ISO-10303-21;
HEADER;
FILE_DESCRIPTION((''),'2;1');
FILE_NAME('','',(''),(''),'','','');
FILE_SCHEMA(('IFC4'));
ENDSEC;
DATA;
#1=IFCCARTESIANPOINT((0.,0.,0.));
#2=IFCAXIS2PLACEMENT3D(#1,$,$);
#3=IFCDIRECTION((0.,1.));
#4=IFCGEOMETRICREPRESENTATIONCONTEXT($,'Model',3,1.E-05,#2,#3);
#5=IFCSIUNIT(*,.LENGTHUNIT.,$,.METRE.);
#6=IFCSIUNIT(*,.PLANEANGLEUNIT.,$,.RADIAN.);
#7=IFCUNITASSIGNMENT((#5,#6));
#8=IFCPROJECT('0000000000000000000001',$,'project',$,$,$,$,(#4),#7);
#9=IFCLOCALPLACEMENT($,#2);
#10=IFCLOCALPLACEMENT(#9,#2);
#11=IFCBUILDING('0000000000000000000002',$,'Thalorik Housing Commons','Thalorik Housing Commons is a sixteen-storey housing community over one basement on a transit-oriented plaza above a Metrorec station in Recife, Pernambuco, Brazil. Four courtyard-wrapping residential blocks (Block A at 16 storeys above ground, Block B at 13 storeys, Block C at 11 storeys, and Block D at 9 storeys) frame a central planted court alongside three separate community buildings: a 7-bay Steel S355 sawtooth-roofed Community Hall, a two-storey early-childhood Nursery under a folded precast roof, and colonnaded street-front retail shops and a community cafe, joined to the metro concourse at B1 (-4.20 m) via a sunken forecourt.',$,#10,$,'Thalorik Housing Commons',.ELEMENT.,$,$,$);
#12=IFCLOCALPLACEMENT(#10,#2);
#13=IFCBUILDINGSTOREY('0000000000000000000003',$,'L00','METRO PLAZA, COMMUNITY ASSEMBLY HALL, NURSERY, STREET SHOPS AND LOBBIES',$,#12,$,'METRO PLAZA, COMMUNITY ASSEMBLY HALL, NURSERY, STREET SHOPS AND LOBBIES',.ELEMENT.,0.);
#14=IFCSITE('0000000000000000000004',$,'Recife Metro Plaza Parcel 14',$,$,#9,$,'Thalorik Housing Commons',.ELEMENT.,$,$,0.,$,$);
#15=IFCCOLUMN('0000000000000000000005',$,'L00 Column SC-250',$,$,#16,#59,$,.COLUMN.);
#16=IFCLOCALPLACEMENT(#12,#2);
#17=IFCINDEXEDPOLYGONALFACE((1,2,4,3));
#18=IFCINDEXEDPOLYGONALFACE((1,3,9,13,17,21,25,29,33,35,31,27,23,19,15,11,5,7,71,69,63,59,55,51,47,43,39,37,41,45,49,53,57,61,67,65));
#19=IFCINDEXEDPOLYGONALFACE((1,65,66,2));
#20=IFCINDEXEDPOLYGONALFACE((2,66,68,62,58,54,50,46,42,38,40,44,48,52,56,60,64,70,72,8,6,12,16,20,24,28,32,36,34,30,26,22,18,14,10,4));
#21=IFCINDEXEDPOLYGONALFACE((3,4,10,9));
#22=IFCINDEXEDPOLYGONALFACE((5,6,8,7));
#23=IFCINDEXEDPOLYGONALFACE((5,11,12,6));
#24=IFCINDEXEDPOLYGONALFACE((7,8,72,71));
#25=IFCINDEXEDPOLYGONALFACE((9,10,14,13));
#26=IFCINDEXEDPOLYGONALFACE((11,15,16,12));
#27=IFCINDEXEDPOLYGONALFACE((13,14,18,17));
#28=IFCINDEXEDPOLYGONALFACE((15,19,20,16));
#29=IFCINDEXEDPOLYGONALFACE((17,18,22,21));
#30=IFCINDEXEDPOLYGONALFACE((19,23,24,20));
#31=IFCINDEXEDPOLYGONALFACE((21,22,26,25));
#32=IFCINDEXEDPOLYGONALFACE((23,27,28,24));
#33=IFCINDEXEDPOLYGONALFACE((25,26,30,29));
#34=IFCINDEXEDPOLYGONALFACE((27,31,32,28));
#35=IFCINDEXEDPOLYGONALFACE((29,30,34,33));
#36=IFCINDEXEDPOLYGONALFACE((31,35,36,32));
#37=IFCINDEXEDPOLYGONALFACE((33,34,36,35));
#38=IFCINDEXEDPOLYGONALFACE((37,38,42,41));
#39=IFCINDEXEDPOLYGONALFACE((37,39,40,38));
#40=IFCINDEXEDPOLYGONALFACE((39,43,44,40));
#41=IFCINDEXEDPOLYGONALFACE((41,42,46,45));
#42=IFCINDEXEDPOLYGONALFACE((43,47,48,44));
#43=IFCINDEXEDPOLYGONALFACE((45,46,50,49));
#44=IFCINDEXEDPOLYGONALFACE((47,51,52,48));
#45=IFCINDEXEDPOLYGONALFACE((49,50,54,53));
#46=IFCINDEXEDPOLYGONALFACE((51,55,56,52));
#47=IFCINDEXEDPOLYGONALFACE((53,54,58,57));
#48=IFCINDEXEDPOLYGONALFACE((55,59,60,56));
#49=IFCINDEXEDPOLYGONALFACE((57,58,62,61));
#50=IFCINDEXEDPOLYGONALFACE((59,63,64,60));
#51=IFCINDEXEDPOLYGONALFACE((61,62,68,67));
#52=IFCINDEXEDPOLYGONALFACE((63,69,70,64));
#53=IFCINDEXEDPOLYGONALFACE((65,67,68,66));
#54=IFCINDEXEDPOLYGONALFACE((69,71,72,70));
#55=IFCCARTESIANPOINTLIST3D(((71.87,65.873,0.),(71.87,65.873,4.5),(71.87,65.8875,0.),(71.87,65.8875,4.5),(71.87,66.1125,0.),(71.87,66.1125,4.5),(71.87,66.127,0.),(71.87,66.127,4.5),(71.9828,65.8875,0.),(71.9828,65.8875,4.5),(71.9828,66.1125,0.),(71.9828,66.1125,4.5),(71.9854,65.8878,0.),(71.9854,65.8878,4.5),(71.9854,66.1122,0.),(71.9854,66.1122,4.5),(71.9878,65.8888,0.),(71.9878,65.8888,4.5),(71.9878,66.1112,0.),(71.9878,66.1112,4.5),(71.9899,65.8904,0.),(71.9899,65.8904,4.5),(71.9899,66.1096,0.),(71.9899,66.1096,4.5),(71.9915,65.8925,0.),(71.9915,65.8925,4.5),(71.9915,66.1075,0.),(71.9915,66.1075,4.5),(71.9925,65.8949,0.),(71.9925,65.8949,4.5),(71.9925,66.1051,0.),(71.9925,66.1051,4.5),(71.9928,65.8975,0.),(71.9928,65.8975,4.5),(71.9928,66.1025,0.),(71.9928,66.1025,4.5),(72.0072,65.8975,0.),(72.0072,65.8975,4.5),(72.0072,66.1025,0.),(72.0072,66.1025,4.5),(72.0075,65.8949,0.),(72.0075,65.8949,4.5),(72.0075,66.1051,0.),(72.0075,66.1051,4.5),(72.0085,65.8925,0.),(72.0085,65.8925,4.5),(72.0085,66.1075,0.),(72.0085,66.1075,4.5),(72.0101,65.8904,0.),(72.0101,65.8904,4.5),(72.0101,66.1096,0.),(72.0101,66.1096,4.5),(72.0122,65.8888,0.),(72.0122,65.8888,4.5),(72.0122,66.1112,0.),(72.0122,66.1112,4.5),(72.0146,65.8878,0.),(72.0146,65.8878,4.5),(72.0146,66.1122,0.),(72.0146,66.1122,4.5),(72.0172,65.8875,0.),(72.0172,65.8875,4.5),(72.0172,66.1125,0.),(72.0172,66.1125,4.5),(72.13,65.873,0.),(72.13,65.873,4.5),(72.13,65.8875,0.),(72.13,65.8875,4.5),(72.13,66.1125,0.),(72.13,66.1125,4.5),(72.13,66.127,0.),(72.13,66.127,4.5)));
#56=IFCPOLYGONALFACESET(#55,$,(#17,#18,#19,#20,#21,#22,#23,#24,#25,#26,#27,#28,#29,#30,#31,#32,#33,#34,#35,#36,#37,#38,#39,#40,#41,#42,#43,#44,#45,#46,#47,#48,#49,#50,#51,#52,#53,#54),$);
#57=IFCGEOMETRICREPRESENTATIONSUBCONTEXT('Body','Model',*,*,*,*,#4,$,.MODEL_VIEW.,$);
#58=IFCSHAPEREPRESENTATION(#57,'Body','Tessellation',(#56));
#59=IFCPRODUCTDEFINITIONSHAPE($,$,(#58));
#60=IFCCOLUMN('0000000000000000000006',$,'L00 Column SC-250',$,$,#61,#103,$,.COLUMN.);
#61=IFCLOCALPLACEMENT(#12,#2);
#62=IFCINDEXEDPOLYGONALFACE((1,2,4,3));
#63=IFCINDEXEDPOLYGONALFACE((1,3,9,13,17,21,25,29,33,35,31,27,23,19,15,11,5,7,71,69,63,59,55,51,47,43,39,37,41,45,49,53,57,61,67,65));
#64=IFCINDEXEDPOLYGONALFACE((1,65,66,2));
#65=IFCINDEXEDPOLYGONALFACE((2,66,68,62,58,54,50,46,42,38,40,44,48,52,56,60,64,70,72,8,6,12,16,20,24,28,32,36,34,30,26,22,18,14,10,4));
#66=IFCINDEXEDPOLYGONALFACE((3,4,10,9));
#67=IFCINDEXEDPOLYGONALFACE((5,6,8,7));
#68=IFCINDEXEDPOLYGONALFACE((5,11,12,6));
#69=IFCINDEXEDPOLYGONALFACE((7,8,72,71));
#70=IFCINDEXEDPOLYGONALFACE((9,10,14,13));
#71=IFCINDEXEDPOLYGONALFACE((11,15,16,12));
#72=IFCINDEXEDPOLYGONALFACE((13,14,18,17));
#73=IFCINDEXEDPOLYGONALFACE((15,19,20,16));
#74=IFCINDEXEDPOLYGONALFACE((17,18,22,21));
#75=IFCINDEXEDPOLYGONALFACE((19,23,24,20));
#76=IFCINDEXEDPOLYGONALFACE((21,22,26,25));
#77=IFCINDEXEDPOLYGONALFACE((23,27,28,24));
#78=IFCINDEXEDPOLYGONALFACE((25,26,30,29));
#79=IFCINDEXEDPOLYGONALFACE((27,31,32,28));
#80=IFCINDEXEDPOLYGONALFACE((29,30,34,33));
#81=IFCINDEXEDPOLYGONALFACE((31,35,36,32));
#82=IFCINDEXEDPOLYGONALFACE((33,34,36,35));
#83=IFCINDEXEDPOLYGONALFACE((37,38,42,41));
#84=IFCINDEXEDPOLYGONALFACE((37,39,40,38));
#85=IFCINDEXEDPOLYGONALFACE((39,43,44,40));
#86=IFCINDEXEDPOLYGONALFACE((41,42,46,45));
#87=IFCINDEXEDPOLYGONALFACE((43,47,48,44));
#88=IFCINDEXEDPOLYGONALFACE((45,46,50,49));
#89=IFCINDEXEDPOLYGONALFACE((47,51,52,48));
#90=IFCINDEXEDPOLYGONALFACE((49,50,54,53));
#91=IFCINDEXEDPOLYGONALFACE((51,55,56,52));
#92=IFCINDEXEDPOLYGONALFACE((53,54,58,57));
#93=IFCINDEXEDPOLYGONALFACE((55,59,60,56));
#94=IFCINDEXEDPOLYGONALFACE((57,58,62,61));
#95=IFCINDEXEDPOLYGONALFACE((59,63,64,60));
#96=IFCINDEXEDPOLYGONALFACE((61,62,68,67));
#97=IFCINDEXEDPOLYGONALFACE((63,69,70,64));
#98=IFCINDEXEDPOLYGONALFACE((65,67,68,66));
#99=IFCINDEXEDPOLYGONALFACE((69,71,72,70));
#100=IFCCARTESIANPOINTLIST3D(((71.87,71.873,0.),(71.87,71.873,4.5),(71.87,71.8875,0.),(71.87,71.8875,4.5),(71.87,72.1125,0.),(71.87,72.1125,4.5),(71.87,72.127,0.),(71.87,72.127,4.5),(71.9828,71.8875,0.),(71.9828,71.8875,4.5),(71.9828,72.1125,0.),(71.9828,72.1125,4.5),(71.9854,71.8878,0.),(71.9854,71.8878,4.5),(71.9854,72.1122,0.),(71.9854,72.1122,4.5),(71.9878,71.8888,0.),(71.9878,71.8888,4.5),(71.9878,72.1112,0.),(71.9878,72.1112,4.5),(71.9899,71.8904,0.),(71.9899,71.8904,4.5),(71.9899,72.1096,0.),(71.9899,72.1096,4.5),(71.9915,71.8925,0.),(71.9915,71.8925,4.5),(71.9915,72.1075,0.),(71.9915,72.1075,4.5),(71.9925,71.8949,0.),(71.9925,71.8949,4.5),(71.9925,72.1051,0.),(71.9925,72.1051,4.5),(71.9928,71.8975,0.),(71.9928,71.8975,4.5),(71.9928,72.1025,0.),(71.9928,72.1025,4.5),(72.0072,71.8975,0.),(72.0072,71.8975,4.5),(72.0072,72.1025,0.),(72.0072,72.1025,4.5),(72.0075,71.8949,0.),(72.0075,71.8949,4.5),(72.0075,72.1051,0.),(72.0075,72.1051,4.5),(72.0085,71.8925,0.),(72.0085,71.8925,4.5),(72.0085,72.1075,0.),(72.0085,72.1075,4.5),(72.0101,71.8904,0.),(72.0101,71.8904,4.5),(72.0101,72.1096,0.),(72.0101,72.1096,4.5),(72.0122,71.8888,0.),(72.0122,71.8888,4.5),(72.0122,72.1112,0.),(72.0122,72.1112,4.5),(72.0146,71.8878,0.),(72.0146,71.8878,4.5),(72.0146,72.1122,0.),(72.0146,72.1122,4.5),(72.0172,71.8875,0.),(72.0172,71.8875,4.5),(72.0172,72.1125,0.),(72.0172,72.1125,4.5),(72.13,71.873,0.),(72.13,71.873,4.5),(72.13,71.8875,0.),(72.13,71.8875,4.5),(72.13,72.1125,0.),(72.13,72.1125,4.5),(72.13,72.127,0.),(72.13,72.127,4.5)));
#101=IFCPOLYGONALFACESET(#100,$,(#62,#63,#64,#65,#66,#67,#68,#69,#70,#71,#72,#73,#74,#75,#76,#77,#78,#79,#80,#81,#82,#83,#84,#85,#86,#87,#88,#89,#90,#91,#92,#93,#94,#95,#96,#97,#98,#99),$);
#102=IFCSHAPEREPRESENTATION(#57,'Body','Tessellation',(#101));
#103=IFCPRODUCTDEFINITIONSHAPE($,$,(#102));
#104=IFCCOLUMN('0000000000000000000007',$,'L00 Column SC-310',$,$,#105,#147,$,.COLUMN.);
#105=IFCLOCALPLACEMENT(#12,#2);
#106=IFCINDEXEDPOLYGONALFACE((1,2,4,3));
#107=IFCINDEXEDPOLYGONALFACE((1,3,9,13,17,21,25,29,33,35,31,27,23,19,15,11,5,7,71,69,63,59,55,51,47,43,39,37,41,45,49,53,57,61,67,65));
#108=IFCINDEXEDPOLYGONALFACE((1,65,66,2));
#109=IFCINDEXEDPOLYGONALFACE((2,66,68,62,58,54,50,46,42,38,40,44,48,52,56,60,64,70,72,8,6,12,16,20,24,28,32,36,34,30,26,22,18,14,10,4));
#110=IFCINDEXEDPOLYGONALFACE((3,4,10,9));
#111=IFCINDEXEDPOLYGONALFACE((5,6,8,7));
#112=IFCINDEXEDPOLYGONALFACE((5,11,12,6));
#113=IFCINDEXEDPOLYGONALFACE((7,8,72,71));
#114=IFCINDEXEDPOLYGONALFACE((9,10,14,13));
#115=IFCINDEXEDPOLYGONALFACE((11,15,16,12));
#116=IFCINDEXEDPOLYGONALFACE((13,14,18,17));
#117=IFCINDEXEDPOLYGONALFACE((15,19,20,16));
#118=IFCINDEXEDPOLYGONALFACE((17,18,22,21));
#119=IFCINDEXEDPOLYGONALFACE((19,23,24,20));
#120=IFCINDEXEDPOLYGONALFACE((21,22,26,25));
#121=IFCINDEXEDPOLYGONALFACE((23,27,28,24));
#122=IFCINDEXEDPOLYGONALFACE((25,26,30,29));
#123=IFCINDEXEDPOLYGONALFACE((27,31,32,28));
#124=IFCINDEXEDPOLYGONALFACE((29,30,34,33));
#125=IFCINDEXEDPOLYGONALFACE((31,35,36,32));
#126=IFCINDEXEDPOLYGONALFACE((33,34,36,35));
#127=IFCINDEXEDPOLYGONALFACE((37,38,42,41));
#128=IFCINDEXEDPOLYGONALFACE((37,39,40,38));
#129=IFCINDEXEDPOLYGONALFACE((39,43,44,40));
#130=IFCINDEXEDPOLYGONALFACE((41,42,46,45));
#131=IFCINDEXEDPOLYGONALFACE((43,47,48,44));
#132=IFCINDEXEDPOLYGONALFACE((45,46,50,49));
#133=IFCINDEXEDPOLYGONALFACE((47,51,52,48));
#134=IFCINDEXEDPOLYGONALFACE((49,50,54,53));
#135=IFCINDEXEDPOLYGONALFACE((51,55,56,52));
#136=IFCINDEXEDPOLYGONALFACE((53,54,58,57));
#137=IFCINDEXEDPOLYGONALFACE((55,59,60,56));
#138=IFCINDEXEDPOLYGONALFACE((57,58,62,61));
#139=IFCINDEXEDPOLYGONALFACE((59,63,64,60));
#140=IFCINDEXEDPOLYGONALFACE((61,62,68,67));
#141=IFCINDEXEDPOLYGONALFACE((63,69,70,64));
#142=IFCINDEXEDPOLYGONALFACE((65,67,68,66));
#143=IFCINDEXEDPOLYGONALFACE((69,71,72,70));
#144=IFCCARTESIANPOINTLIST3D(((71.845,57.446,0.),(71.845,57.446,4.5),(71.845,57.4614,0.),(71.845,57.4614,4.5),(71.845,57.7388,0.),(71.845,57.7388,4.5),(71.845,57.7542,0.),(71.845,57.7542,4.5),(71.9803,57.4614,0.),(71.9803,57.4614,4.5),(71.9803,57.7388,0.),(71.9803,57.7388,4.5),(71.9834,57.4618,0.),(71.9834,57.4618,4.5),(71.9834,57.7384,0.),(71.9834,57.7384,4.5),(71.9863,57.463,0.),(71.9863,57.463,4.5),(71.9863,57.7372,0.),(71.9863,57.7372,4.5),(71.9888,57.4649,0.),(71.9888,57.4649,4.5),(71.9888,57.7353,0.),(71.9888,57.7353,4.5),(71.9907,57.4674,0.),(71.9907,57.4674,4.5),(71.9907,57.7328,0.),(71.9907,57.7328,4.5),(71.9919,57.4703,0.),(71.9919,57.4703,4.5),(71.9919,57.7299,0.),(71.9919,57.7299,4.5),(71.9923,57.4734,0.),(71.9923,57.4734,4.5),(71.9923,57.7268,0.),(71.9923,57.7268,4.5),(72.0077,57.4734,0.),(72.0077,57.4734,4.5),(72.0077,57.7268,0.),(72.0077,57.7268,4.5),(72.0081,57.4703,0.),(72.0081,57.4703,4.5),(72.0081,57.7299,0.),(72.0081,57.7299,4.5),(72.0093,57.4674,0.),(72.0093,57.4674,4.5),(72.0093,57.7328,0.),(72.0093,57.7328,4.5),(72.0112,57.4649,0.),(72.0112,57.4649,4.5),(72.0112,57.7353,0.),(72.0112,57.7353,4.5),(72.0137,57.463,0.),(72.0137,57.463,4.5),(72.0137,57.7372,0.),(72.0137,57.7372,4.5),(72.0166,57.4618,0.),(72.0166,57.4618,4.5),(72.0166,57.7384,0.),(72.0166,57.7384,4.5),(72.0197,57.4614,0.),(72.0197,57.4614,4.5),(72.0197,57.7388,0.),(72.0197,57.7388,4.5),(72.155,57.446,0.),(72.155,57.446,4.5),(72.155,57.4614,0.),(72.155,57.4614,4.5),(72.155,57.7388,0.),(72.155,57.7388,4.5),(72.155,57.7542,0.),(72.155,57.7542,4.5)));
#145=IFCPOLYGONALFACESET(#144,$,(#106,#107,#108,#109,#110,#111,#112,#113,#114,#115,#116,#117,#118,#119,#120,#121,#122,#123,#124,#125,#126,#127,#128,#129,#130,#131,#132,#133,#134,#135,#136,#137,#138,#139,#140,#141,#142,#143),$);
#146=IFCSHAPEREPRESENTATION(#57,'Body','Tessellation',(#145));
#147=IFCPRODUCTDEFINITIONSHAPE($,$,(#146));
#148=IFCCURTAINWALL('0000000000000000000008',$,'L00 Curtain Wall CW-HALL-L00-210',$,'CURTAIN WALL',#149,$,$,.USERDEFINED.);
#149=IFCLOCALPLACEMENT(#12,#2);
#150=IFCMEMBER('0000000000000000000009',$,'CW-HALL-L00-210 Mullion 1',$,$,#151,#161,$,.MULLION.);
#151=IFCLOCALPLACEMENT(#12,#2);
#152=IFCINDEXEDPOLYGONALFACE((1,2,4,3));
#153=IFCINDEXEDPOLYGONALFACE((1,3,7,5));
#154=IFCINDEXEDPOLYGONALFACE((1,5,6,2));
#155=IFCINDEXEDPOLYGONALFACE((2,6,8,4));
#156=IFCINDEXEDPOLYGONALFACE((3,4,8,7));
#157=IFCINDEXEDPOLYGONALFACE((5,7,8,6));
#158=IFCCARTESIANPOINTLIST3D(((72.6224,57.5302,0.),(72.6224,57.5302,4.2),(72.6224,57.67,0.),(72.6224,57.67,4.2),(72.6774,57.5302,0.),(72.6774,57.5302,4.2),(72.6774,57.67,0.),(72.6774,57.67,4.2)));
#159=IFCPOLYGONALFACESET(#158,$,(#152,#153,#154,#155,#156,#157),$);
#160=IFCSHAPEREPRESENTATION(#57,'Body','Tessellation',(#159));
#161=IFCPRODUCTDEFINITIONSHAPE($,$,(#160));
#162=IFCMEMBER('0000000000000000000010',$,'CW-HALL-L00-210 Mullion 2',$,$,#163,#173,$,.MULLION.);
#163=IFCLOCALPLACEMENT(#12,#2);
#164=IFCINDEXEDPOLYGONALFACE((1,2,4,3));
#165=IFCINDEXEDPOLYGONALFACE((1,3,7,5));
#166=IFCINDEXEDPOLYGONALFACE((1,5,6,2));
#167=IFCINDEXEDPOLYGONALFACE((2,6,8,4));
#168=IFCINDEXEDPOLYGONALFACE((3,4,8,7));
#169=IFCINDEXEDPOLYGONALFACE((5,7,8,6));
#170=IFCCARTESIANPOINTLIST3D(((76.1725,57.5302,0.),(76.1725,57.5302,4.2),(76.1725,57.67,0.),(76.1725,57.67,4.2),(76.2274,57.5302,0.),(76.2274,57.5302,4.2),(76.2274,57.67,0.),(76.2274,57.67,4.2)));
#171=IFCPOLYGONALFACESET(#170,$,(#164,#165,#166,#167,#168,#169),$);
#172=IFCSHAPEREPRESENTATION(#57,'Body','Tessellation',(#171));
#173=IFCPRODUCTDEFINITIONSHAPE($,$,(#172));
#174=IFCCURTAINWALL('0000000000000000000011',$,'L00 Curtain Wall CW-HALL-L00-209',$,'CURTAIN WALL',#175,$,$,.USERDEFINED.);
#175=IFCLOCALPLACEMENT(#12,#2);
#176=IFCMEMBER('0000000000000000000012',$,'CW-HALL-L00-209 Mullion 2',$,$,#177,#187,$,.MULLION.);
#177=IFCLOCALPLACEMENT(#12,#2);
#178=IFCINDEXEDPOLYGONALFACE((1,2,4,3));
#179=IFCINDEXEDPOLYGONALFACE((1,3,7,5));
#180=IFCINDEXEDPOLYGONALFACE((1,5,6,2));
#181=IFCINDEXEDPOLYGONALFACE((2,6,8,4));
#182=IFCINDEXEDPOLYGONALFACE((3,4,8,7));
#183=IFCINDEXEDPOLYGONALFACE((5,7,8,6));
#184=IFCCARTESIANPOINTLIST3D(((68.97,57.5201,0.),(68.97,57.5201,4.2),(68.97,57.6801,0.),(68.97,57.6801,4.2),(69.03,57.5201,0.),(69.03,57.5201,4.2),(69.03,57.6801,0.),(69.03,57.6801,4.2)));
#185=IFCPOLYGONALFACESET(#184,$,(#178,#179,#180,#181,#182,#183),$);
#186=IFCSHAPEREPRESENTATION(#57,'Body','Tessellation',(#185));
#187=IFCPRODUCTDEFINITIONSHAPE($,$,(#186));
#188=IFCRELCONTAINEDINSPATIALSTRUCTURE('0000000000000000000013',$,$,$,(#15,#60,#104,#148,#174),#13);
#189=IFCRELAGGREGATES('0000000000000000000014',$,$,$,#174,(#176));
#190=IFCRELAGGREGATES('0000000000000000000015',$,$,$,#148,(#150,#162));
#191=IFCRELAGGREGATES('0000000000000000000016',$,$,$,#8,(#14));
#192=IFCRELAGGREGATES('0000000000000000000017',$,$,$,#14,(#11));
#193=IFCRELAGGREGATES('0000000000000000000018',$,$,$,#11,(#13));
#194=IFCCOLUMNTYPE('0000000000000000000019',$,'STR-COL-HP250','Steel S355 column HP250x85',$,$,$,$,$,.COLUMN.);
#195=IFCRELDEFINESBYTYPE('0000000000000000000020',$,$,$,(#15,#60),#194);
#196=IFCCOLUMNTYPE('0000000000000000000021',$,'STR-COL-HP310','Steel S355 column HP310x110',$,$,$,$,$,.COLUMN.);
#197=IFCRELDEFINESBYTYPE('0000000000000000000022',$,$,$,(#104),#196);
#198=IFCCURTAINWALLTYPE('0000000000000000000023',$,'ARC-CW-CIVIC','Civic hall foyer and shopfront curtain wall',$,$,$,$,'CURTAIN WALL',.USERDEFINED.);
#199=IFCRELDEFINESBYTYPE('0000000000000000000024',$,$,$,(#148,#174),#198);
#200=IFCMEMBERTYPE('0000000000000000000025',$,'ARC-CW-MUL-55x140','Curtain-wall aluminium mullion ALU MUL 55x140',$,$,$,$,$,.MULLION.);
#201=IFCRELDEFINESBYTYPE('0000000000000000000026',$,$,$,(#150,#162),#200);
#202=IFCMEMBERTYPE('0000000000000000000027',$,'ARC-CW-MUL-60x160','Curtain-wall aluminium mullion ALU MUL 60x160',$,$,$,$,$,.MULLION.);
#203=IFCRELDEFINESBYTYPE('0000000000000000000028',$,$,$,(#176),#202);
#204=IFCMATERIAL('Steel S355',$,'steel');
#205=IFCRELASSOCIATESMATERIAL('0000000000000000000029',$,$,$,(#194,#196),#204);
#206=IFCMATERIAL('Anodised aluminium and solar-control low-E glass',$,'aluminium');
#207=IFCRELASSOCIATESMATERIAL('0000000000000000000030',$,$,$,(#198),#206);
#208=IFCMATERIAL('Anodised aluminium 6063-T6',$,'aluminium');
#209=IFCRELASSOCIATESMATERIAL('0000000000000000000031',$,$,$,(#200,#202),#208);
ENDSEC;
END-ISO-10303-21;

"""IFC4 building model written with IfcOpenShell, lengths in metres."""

from ifc_helpers import new_model, si_unit, direction, frame, origin, origin_2d, place, context, subcontext, project, spatial, rectangle, i_section, extrude, material, material_profile, profile_set, type_object, element, aggregate, save


model = new_model("IFC4")

# Units and contexts
model_context = context("Model", 3, precision=1e-05, world=origin(), true_north=direction((0.0, 1.0)))
body_context = subcontext(model_context, "Body", "Model", "MODEL_VIEW")
ifc_project = project(units=[si_unit("LENGTHUNIT", "METRE"), si_unit("PLANEANGLEUNIT", "RADIAN")], contexts=[model_context])

# Site, building, storey
site_placement = place(None, origin())
site = spatial("IfcSite", under=ifc_project, at=site_placement, Name="Recife Metro Plaza Parcel 14", LongName="Thalorik Housing Commons", CompositionType="ELEMENT", RefElevation=0.0)
building_placement = place(site_placement, origin())
building = spatial("IfcBuilding", under=site, at=building_placement, Name="Thalorik Housing Commons", Description="Thalorik Housing Commons is a sixteen-storey housing community over one basement on a transit-oriented plaza above a Metrorec station in Recife, Pernambuco, Brazil. Four courtyard-wrapping residential blocks (Block A at 16 storeys above ground, Block B at 13 storeys, Block C at 11 storeys, and Block D at 9 storeys) frame a central planted court alongside three separate community buildings: a 7-bay Steel S355 sawtooth-roofed Community Hall, a two-storey early-childhood Nursery under a folded precast roof, and colonnaded street-front retail shops and a community cafe, joined to the metro concourse at B1 (-4.20 m) via a sunken forecourt.", LongName="Thalorik Housing Commons", CompositionType="ELEMENT")
storey_placement = place(building_placement, origin())
storey = spatial("IfcBuildingStorey", under=building, at=storey_placement, Name="L00", Description="METRO PLAZA, COMMUNITY ASSEMBLY HALL, NURSERY, STREET SHOPS AND LOBBIES", LongName="METRO PLAZA, COMMUNITY ASSEMBLY HALL, NURSERY, STREET SHOPS AND LOBBIES", CompositionType="ELEMENT", Elevation=0.0)

# Columns
ifc_material_1 = material(Name="Steel S355", Category="steel")
ifc_material_profile_1 = material_profile(ifc_material_1, i_section(OverallWidth=0.26, OverallDepth=0.2539, WebThickness=0.0144, FlangeThickness=0.0144, FilletRadius=0.01, at=origin_2d()), Name="HP250x85", Category="steel")
ifc_profile_set_1 = profile_set([ifc_material_profile_1], Name="Steel S355")
column_type_1 = type_object("IfcColumnType", Name="STR-COL-HP250", Description="Steel S355 column HP250x85", PredefinedType="COLUMN", material=ifc_profile_set_1)
for number, where, z_axis, x_axis, name in (
    (1, (72.0, 66.0, 0.0), (0.0, 0.0, 1.0), (1.0, 0.0, 0.0), "L00 Column SC-250"),
    (2, (72.0, 72.0, 0.0), (0.0, 0.0, 1.0), (1.0, 0.0, 0.0), "L00 Column SC-250"),
):
    element("IfcColumn", number, at=place(storey_placement, frame(where, z_axis=z_axis, x_axis=x_axis)), inside=storey, type_object=column_type_1, Name=name, PredefinedType="COLUMN", context=body_context, shape_type="SweptSolid", body=[
        extrude(i_section(OverallWidth=0.26, OverallDepth=0.2539, WebThickness=0.0144, FlangeThickness=0.0144, FilletRadius=0.01, at=origin_2d()), origin(), (0.0, 0.0, 1.0), 4.5),
    ])
ifc_material_profile_2 = material_profile(ifc_material_1, i_section(OverallWidth=0.3101, OverallDepth=0.3081, WebThickness=0.0154, FlangeThickness=0.0154, FilletRadius=0.012, at=origin_2d()), Name="HP310x110", Category="steel")
ifc_profile_set_2 = profile_set([ifc_material_profile_2], Name="Steel S355")
column_type_2 = type_object("IfcColumnType", Name="STR-COL-HP310", Description="Steel S355 column HP310x110", PredefinedType="COLUMN", material=ifc_profile_set_2)
column_placement = place(storey_placement, frame((72.0, 57.6001, 0.0), z_axis=(0.0, 0.0, 1.0), x_axis=(1.0, 0.0, 0.0)))
element("IfcColumn", 3, at=column_placement, inside=storey, type_object=column_type_2, Name="L00 Column SC-310", PredefinedType="COLUMN", context=body_context, shape_type="SweptSolid", body=[
    extrude(i_section(OverallWidth=0.3101, OverallDepth=0.3081, WebThickness=0.0154, FlangeThickness=0.0154, FilletRadius=0.012, at=origin_2d()), origin(), (0.0, 0.0, 1.0), 4.5),
])

# Curtain walls, members
ifc_material_2 = material(Name="Anodised aluminium and solar-control low-E glass", Category="aluminium")
curtain_wall_type = type_object("IfcCurtainWallType", Name="ARC-CW-CIVIC", Description="Civic hall foyer and shopfront curtain wall", ElementType="CURTAIN WALL", PredefinedType="USERDEFINED", material=ifc_material_2)
curtain_wall_1_placement = place(storey_placement, origin())
curtain_wall_1 = element("IfcCurtainWall", 4, at=curtain_wall_1_placement, inside=storey, type_object=curtain_wall_type, Name="L00 Curtain Wall CW-HALL-L00-210", ObjectType="CURTAIN WALL", PredefinedType="USERDEFINED")
ifc_material_3 = material(Name="Anodised aluminium 6063-T6", Category="aluminium")
ifc_material_profile_3 = material_profile(ifc_material_3, rectangle(XDim=0.0549, YDim=0.1399, at=origin_2d()), Name="ALU MUL 55x140", Category="aluminium")
ifc_profile_set_3 = profile_set([ifc_material_profile_3], Name="Anodised aluminium 6063-T6")
member_type_1 = type_object("IfcMemberType", Name="ARC-CW-MUL-55x140", Description="Curtain-wall aluminium mullion ALU MUL 55x140", PredefinedType="MULLION", material=ifc_profile_set_3)
member_1_placement = place(storey_placement, frame((72.6499, 57.6001, 0.0), z_axis=(0.0, 0.0, 1.0), x_axis=(1.0, 0.0, 0.0)))
member_1 = element("IfcMember", 5, at=member_1_placement, type_object=member_type_1, Name="CW-HALL-L00-210 Mullion 1", PredefinedType="MULLION", context=body_context, shape_type="SweptSolid", body=[
    extrude(rectangle(XDim=0.0549, YDim=0.1399, at=origin_2d()), origin(), (0.0, 0.0, 1.0), 4.2),
])
member_2_placement = place(storey_placement, frame((76.2, 57.6001, 0.0), z_axis=(0.0, 0.0, 1.0), x_axis=(1.0, 0.0, 0.0)))
member_2 = element("IfcMember", 6, at=member_2_placement, type_object=member_type_1, Name="CW-HALL-L00-210 Mullion 2", PredefinedType="MULLION", context=body_context, shape_type="SweptSolid", body=[
    extrude(rectangle(XDim=0.0549, YDim=0.1399, at=origin_2d()), origin(), (0.0, 0.0, 1.0), 4.2),
])
curtain_wall_2_placement = place(storey_placement, origin())
curtain_wall_2 = element("IfcCurtainWall", 7, at=curtain_wall_2_placement, inside=storey, type_object=curtain_wall_type, Name="L00 Curtain Wall CW-HALL-L00-209", ObjectType="CURTAIN WALL", PredefinedType="USERDEFINED")
ifc_material_profile_4 = material_profile(ifc_material_3, rectangle(XDim=0.0601, YDim=0.1599, at=origin_2d()), Name="ALU MUL 60x160", Category="aluminium")
ifc_profile_set_4 = profile_set([ifc_material_profile_4], Name="Anodised aluminium 6063-T6")
member_type_2 = type_object("IfcMemberType", Name="ARC-CW-MUL-60x160", Description="Curtain-wall aluminium mullion ALU MUL 60x160", PredefinedType="MULLION", material=ifc_profile_set_4)
member_3_placement = place(storey_placement, frame((69.0, 57.6001, 0.0), z_axis=(0.0, 0.0, 1.0), x_axis=(1.0, 0.0, 0.0)))
member_3 = element("IfcMember", 8, at=member_3_placement, type_object=member_type_2, Name="CW-HALL-L00-209 Mullion 2", PredefinedType="MULLION", context=body_context, shape_type="SweptSolid", body=[
    extrude(rectangle(XDim=0.0601, YDim=0.1599, at=origin_2d()), origin(), (0.0, 0.0, 1.0), 4.2),
])

aggregate(curtain_wall_2, [member_3])
aggregate(curtain_wall_1, [member_1, member_2])

save(model, "model.ifc")
